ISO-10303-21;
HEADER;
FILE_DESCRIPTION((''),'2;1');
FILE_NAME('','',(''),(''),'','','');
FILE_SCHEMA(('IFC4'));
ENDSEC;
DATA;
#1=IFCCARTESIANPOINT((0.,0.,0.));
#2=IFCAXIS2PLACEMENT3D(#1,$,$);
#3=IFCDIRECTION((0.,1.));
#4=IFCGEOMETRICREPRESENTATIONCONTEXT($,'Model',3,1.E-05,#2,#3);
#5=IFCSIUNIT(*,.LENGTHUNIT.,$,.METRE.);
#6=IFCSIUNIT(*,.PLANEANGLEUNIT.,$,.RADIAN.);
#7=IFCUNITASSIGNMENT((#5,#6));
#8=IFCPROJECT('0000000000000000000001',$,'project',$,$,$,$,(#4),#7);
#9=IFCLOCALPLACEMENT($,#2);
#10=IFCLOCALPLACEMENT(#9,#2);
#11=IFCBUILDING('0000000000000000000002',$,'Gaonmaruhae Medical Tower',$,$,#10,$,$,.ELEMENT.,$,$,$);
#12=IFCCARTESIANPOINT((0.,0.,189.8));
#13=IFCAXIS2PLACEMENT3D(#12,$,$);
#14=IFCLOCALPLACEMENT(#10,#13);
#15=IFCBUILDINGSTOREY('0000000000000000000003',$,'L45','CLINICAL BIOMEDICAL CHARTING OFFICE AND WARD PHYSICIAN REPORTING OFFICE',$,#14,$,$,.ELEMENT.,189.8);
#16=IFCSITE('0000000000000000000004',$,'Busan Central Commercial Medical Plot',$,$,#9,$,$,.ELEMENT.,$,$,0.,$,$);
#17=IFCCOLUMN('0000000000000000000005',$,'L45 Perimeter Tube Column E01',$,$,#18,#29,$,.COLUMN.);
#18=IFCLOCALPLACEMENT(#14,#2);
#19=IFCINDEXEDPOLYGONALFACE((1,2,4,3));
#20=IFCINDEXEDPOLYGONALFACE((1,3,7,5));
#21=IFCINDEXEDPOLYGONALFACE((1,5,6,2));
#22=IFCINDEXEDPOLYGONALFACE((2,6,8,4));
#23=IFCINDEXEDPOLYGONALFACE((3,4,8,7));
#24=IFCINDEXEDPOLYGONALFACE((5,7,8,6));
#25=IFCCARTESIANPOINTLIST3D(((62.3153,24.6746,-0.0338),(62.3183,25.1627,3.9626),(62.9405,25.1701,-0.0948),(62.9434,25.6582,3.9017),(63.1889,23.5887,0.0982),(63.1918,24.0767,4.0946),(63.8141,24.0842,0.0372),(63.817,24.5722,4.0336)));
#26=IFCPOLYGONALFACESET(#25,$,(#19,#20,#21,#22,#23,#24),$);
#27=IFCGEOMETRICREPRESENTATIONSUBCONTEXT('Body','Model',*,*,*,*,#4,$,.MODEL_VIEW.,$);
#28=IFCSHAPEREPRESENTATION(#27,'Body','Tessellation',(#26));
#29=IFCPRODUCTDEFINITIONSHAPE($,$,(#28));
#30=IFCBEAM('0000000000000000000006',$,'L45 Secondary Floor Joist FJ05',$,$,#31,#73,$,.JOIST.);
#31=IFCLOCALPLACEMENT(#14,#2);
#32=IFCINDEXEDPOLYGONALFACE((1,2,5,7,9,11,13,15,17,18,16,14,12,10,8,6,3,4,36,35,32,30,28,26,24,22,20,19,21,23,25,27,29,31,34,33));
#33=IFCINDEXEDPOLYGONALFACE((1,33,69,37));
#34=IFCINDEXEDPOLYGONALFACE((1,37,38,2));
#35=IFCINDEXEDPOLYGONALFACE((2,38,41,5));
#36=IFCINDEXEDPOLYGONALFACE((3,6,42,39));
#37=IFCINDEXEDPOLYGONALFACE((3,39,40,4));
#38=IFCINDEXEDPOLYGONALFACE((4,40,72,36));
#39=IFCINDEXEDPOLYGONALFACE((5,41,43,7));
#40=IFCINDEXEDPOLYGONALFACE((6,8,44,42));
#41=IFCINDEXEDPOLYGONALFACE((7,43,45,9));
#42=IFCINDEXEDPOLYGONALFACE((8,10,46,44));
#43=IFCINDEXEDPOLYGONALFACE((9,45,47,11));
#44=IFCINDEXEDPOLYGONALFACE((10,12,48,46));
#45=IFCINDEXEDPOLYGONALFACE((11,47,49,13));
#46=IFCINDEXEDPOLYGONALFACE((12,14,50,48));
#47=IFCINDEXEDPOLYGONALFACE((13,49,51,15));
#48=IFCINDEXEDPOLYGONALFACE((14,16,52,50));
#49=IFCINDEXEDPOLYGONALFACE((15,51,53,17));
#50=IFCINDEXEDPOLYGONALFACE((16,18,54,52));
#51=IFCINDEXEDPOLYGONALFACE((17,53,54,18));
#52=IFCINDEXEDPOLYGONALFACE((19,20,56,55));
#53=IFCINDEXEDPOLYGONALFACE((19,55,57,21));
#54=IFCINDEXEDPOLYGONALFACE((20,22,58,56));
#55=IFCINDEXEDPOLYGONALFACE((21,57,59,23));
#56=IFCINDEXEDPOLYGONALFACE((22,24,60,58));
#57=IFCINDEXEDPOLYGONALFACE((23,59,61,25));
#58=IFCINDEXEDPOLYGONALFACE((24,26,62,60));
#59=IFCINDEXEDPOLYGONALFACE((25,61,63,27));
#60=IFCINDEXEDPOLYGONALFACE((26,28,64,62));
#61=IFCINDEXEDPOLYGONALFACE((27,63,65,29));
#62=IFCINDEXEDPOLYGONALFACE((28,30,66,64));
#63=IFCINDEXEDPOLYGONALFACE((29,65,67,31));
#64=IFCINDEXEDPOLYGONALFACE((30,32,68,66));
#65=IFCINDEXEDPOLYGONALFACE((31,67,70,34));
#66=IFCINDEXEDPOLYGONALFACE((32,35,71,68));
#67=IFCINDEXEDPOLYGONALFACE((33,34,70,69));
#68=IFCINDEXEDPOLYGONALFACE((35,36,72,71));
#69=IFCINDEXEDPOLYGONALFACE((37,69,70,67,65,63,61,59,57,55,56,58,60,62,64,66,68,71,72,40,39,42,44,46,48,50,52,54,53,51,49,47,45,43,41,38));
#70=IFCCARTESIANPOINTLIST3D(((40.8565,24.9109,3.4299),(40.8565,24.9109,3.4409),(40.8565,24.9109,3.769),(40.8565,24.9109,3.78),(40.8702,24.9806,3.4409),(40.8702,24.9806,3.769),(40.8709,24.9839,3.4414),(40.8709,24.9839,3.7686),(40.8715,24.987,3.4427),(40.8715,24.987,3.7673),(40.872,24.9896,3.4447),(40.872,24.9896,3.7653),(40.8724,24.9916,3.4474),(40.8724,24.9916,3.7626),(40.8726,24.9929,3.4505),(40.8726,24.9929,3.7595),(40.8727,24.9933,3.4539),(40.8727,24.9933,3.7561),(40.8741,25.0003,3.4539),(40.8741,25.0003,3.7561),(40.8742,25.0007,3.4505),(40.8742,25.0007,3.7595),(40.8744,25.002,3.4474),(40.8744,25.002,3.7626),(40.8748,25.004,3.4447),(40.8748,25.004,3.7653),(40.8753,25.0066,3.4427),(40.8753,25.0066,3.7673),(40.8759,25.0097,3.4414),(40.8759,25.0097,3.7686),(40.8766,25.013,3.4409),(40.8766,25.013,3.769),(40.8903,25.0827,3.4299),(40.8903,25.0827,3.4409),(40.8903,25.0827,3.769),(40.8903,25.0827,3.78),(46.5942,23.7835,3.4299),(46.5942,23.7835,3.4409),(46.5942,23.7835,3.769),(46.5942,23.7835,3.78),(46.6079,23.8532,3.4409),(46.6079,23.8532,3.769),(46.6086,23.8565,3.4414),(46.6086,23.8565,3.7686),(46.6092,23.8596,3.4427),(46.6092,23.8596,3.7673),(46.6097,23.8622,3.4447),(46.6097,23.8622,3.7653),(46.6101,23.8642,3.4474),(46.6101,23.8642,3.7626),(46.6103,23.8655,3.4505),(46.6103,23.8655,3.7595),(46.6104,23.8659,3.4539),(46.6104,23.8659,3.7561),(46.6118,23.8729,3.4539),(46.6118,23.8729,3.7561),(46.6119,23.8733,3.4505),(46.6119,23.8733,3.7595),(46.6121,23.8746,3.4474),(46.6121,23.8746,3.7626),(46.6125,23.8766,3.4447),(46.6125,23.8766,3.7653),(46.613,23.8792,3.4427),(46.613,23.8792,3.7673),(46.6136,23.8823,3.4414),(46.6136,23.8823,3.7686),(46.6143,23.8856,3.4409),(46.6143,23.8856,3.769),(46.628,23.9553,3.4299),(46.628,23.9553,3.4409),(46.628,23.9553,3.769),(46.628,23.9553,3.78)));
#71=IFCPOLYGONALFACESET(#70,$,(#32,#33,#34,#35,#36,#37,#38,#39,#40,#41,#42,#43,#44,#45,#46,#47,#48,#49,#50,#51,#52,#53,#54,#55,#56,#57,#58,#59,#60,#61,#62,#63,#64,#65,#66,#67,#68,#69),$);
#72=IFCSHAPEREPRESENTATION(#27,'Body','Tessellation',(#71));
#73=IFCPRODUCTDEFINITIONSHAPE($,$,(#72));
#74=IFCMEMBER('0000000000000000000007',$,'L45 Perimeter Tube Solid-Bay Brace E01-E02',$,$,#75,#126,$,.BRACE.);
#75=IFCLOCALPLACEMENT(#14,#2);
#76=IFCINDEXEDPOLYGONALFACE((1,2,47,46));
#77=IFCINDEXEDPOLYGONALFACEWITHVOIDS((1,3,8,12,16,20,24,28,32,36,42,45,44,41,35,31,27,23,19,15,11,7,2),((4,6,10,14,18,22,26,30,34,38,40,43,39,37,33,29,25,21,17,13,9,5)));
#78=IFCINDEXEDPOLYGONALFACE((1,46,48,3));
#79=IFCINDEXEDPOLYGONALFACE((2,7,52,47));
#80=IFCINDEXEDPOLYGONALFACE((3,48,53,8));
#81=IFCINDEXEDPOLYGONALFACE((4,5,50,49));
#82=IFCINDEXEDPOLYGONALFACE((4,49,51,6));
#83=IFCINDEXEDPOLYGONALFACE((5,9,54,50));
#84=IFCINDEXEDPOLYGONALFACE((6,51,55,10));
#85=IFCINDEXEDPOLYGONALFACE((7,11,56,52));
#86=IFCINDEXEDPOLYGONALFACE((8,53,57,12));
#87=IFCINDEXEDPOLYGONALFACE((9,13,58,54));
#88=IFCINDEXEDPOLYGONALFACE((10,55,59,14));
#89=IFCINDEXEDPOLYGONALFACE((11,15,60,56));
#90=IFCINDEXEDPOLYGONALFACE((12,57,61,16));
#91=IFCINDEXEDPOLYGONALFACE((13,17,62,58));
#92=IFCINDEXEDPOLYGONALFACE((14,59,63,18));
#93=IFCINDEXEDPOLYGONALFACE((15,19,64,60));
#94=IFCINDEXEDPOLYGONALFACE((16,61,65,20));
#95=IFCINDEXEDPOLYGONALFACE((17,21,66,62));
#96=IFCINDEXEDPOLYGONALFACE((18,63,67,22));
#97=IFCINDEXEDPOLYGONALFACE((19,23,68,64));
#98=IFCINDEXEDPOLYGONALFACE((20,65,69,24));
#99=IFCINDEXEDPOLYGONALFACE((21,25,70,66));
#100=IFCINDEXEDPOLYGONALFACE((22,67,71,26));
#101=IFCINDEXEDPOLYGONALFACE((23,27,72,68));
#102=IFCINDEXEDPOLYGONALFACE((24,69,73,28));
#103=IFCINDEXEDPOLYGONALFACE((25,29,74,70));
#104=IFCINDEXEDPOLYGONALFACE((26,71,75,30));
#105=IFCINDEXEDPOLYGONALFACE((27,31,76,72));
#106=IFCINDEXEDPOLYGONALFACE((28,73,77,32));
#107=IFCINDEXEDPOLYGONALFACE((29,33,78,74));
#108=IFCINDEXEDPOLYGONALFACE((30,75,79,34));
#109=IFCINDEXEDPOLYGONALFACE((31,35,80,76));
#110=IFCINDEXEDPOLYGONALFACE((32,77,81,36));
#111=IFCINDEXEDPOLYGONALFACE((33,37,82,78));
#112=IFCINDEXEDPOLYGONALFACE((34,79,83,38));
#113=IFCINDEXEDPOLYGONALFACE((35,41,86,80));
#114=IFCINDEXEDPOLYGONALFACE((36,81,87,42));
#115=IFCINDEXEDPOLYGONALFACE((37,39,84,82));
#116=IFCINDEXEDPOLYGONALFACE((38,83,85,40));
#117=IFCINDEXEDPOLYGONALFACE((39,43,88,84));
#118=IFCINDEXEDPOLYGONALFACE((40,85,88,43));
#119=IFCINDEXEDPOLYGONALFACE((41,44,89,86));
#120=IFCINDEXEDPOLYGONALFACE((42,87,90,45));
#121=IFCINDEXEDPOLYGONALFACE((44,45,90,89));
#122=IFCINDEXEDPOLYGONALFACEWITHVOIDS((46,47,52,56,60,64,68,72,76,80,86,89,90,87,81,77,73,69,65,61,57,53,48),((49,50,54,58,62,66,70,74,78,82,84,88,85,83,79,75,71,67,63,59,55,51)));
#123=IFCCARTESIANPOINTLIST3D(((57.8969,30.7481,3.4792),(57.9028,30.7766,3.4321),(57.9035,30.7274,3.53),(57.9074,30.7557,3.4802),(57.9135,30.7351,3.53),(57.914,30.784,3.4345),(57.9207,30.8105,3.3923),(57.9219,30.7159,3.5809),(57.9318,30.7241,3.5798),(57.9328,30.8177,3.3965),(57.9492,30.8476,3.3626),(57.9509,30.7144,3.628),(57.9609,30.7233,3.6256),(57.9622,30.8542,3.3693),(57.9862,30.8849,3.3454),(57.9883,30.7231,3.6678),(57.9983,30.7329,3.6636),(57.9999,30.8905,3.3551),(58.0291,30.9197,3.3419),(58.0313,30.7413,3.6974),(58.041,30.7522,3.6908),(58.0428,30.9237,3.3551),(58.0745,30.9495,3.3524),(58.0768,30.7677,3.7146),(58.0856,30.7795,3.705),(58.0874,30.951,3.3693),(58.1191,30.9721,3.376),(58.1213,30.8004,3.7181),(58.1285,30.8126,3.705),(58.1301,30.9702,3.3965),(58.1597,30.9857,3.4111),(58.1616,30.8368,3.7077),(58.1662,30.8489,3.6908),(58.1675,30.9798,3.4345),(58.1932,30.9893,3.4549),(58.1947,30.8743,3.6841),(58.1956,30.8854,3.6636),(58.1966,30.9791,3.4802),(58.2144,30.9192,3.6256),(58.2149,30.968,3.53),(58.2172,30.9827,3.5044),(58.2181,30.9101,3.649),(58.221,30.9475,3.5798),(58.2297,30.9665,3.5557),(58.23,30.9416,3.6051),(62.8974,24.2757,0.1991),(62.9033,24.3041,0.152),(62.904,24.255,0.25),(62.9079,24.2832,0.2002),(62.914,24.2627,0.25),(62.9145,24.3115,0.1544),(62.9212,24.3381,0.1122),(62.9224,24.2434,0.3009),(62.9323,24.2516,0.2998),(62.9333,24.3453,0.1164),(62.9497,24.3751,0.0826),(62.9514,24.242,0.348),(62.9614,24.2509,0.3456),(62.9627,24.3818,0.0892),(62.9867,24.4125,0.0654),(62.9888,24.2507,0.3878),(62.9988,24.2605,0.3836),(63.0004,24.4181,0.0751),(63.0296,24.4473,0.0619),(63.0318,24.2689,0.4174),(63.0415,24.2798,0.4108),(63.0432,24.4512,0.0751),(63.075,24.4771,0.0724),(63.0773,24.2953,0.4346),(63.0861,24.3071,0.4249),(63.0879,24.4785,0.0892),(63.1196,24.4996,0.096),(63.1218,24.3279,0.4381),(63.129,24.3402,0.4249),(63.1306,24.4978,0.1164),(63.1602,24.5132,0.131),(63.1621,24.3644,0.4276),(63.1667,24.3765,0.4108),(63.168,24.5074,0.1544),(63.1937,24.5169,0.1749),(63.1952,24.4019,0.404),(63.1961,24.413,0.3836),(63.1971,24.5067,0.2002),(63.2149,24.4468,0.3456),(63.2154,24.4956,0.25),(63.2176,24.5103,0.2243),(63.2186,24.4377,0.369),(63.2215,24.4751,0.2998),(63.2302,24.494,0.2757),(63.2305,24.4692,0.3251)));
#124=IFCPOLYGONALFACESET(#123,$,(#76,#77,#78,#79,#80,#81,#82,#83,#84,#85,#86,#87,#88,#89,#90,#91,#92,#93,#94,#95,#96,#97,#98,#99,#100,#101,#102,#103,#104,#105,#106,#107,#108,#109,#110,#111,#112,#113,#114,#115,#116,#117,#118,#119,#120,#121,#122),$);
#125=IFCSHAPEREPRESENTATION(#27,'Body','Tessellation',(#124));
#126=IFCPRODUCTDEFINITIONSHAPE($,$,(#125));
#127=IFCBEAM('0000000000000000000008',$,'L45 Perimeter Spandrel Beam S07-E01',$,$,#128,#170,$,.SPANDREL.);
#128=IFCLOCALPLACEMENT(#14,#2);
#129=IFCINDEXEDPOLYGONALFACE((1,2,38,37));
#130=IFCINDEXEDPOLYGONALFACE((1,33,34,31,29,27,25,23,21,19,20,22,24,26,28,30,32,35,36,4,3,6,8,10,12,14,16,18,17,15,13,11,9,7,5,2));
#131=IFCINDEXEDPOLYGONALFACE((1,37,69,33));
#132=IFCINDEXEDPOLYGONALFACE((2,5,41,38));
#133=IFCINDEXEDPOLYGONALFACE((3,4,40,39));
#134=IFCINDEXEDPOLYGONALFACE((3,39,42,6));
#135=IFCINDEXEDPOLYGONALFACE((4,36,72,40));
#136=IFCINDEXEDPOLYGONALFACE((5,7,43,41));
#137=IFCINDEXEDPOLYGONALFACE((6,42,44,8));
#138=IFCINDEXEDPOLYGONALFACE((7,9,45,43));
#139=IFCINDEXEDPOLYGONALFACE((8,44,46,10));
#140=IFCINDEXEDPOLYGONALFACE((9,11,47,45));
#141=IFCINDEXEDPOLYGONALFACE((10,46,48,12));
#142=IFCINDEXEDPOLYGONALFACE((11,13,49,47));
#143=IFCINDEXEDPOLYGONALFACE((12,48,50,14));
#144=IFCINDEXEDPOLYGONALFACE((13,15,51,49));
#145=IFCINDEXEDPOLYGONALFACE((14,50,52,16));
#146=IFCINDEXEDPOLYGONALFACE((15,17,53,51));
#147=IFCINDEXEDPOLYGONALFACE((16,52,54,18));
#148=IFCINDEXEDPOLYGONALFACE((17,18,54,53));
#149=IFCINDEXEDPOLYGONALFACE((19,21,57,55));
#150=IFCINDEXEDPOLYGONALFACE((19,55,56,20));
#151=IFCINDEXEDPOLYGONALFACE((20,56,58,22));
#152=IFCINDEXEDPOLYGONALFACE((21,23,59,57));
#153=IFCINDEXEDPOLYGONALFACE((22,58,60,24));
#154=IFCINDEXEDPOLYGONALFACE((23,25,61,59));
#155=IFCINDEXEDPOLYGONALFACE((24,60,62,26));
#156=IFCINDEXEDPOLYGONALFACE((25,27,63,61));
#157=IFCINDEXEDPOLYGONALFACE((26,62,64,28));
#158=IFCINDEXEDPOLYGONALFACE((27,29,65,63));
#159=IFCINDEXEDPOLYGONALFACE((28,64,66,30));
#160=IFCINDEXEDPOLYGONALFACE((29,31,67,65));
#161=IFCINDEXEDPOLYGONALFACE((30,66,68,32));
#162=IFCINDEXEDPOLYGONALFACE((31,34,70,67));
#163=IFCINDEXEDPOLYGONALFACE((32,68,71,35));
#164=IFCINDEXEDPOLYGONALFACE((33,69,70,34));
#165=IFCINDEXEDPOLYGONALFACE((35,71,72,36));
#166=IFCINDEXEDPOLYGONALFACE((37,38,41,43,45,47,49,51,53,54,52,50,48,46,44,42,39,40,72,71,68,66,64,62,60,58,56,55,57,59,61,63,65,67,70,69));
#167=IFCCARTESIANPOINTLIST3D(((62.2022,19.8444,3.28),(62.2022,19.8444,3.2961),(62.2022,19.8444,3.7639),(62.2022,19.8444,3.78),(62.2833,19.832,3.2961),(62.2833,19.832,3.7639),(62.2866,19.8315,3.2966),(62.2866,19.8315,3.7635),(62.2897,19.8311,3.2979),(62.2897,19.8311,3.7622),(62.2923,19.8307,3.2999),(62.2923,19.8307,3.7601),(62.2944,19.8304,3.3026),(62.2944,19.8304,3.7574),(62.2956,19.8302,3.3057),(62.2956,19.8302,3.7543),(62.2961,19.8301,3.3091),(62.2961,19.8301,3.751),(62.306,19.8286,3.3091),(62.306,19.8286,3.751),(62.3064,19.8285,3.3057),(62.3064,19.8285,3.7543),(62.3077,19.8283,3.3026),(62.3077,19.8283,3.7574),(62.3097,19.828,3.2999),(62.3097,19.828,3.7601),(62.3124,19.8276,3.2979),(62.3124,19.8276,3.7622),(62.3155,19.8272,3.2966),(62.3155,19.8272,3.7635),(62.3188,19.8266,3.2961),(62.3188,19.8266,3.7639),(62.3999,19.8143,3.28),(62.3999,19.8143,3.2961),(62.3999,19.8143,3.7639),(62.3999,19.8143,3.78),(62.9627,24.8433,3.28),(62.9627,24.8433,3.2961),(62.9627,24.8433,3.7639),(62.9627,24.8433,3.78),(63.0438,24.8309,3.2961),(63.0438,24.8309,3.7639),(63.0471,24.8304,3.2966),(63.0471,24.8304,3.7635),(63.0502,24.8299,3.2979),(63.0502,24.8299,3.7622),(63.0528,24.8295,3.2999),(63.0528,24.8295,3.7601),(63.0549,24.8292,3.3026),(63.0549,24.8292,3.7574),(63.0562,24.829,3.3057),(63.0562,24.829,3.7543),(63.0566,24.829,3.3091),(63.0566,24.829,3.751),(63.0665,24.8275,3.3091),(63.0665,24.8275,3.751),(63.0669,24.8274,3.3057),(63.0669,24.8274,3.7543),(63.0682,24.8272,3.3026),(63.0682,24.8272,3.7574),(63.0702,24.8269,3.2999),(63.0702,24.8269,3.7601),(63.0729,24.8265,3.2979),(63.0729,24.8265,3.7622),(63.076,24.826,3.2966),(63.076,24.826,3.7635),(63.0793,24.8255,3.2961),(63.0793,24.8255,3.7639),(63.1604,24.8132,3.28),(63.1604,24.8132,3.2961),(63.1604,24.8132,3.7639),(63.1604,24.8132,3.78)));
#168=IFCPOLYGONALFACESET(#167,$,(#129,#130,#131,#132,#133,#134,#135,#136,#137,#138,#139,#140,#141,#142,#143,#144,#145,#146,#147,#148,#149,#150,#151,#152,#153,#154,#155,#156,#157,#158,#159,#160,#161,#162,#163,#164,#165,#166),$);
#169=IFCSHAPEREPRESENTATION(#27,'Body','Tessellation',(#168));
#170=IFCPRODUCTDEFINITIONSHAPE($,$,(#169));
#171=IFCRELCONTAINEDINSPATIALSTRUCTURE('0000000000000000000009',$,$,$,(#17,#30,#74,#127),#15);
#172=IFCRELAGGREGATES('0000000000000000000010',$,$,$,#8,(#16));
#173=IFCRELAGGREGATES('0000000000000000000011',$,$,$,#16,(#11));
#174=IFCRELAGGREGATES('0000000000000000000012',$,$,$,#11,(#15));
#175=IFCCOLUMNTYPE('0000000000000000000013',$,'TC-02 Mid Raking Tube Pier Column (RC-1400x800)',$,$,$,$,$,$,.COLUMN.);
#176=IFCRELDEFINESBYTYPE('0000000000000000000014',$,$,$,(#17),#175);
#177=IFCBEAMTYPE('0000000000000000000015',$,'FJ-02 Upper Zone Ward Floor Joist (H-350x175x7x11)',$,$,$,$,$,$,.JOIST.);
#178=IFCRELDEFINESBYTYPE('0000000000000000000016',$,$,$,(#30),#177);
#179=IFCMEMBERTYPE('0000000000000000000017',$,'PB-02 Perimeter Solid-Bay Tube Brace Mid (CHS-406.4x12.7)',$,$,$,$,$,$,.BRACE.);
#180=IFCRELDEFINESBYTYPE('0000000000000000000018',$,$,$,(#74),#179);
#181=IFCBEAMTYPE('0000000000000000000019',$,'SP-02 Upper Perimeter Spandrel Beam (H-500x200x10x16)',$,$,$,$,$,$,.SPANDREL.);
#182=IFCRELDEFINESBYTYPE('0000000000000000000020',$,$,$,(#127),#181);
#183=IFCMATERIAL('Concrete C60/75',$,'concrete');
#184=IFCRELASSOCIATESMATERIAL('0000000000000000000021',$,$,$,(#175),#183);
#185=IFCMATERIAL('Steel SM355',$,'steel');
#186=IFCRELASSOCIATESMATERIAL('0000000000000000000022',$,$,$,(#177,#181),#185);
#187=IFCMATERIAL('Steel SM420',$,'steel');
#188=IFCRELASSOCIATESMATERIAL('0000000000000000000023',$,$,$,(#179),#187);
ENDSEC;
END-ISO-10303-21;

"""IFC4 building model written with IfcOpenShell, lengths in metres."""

from ifc_helpers import new_model, si_unit, direction, frame, origin, origin_2d, place, context, subcontext, project, spatial, rectangle, hollow_circle, i_section, extrude, material, material_profile, profile_set, type_object, element, save


model = new_model("IFC4")

# Units and contexts
model_context = context("Model", 3, precision=1e-05, world=origin(), true_north=direction((0.0, 1.0)))
body_context = subcontext(model_context, "Body", "Model", "MODEL_VIEW")
ifc_project = project(units=[si_unit("LENGTHUNIT", "METRE"), si_unit("PLANEANGLEUNIT", "RADIAN")], contexts=[model_context])

# Site, building, storey
site_placement = place(None, origin())
site = spatial("IfcSite", under=ifc_project, at=site_placement, Name="Busan Central Commercial Medical Plot", CompositionType="ELEMENT", RefElevation=0.0)
building_placement = place(site_placement, origin())
building = spatial("IfcBuilding", under=site, at=building_placement, Name="Gaonmaruhae Medical Tower", CompositionType="ELEMENT")
storey_placement = place(building_placement, frame((0.0, 0.0, 189.8)))
storey = spatial("IfcBuildingStorey", under=building, at=storey_placement, Name="L45", Description="CLINICAL BIOMEDICAL CHARTING OFFICE AND WARD PHYSICIAN REPORTING OFFICE", CompositionType="ELEMENT", Elevation=189.8)

# Column
ifc_material_1 = material(Name="Concrete C60/75", Category="concrete")
ifc_material_profile_1 = material_profile(ifc_material_1, rectangle(XDim=1.3999, YDim=0.8, at=origin_2d()), Name="RC-1400x800")
ifc_profile_set_1 = profile_set([ifc_material_profile_1], Name="Concrete C60/75")
column_type = type_object("IfcColumnType", Name="TC-02 Mid Raking Tube Pier Column (RC-1400x800)", PredefinedType="COLUMN", material=ifc_profile_set_1)
column_placement = place(storey_placement, frame((63.0647, 24.3794, 0.0017), z_axis=(0.000728, 0.12122, 0.992625), x_axis=(0.623997, -0.775719, 0.094274)))
element("IfcColumn", 1, at=column_placement, inside=storey, type_object=column_type, Name="L45 Perimeter Tube Column E01", PredefinedType="COLUMN", context=body_context, shape_type="SweptSolid", body=[
    extrude(rectangle(XDim=1.3999, YDim=0.8, at=origin_2d()), origin(), (0.0, 0.0, 1.0), 4.0261),
])

# Beam
ifc_material_2 = material(Name="Steel SM355", Category="steel")
ifc_material_profile_2 = material_profile(ifc_material_2, i_section(OverallWidth=0.175, OverallDepth=0.3501, WebThickness=0.0071, FlangeThickness=0.011, FilletRadius=0.0129, at=origin_2d()), Name="H-350x175x7x11")
ifc_profile_set_2 = profile_set([ifc_material_profile_2], Name="Steel SM355")
beam_type_1 = type_object("IfcBeamType", Name="FJ-02 Upper Zone Ward Floor Joist (H-350x175x7x11)", PredefinedType="JOIST", material=ifc_profile_set_2)
beam_1_placement = place(storey_placement, frame((46.6111, 23.8694, 3.605), z_axis=(-0.981237, 0.192807, 0.0), x_axis=(-0.192807, -0.981237, 0.0)))
element("IfcBeam", 2, at=beam_1_placement, inside=storey, type_object=beam_type_1, Name="L45 Secondary Floor Joist FJ05", PredefinedType="JOIST", context=body_context, shape_type="SweptSolid", body=[
    extrude(i_section(OverallWidth=0.175, OverallDepth=0.3501, WebThickness=0.0071, FlangeThickness=0.011, FilletRadius=0.0129, at=origin_2d()), origin(), (0.0, 0.0, 1.0), 5.8474),
])

# Member
ifc_material_3 = material(Name="Steel SM420", Category="steel")
ifc_material_profile_3 = material_profile(ifc_material_3, hollow_circle(Radius=0.2031, WallThickness=0.0127, at=origin_2d()), Name="CHS-406.4x12.7")
ifc_profile_set_3 = profile_set([ifc_material_profile_3], Name="Steel SM420")
member_type = type_object("IfcMemberType", Name="PB-02 Perimeter Solid-Bay Tube Brace Mid (CHS-406.4x12.7)", PredefinedType="BRACE", material=ifc_profile_set_3)
member_placement = place(storey_placement, frame((63.0647, 24.3792, 0.25), z_axis=(-0.567448, 0.73448, 0.372213), x_axis=(-0.791339, -0.611377, 0.0)))
element("IfcMember", 3, at=member_placement, inside=storey, type_object=member_type, Name="L45 Perimeter Tube Solid-Bay Brace E01-E02", PredefinedType="BRACE", context=body_context, shape_type="SweptSolid", body=[
    extrude(hollow_circle(Radius=0.2031, WallThickness=0.0127, at=origin_2d()), origin(), (0.0, 0.0, 1.0), 8.8123),
])

# Beam
ifc_material_profile_4 = material_profile(ifc_material_2, i_section(OverallWidth=0.2, OverallDepth=0.5, WebThickness=0.01, FlangeThickness=0.0161, FilletRadius=0.0129, at=origin_2d()), Name="H-500x200x10x16")
ifc_profile_set_4 = profile_set([ifc_material_profile_4], Name="Steel SM355")
beam_type_2 = type_object("IfcBeamType", Name="SP-02 Upper Perimeter Spandrel Beam (H-500x200x10x16)", PredefinedType="SPANDREL", material=ifc_profile_set_4)
beam_2_placement = place(storey_placement, frame((62.301, 19.8293, 3.53), z_axis=(0.150406, 0.988624, 0.0), x_axis=(-0.988624, 0.150406, 0.0)))
element("IfcBeam", 4, at=beam_2_placement, inside=storey, type_object=beam_type_2, Name="L45 Perimeter Spandrel Beam S07-E01", PredefinedType="SPANDREL", context=body_context, shape_type="SweptSolid", body=[
    extrude(i_section(OverallWidth=0.2, OverallDepth=0.5, WebThickness=0.01, FlangeThickness=0.0161, FilletRadius=0.0129, at=origin_2d()), origin(), (0.0, 0.0, 1.0), 5.0564),
])

save(model, "model.ifc")
